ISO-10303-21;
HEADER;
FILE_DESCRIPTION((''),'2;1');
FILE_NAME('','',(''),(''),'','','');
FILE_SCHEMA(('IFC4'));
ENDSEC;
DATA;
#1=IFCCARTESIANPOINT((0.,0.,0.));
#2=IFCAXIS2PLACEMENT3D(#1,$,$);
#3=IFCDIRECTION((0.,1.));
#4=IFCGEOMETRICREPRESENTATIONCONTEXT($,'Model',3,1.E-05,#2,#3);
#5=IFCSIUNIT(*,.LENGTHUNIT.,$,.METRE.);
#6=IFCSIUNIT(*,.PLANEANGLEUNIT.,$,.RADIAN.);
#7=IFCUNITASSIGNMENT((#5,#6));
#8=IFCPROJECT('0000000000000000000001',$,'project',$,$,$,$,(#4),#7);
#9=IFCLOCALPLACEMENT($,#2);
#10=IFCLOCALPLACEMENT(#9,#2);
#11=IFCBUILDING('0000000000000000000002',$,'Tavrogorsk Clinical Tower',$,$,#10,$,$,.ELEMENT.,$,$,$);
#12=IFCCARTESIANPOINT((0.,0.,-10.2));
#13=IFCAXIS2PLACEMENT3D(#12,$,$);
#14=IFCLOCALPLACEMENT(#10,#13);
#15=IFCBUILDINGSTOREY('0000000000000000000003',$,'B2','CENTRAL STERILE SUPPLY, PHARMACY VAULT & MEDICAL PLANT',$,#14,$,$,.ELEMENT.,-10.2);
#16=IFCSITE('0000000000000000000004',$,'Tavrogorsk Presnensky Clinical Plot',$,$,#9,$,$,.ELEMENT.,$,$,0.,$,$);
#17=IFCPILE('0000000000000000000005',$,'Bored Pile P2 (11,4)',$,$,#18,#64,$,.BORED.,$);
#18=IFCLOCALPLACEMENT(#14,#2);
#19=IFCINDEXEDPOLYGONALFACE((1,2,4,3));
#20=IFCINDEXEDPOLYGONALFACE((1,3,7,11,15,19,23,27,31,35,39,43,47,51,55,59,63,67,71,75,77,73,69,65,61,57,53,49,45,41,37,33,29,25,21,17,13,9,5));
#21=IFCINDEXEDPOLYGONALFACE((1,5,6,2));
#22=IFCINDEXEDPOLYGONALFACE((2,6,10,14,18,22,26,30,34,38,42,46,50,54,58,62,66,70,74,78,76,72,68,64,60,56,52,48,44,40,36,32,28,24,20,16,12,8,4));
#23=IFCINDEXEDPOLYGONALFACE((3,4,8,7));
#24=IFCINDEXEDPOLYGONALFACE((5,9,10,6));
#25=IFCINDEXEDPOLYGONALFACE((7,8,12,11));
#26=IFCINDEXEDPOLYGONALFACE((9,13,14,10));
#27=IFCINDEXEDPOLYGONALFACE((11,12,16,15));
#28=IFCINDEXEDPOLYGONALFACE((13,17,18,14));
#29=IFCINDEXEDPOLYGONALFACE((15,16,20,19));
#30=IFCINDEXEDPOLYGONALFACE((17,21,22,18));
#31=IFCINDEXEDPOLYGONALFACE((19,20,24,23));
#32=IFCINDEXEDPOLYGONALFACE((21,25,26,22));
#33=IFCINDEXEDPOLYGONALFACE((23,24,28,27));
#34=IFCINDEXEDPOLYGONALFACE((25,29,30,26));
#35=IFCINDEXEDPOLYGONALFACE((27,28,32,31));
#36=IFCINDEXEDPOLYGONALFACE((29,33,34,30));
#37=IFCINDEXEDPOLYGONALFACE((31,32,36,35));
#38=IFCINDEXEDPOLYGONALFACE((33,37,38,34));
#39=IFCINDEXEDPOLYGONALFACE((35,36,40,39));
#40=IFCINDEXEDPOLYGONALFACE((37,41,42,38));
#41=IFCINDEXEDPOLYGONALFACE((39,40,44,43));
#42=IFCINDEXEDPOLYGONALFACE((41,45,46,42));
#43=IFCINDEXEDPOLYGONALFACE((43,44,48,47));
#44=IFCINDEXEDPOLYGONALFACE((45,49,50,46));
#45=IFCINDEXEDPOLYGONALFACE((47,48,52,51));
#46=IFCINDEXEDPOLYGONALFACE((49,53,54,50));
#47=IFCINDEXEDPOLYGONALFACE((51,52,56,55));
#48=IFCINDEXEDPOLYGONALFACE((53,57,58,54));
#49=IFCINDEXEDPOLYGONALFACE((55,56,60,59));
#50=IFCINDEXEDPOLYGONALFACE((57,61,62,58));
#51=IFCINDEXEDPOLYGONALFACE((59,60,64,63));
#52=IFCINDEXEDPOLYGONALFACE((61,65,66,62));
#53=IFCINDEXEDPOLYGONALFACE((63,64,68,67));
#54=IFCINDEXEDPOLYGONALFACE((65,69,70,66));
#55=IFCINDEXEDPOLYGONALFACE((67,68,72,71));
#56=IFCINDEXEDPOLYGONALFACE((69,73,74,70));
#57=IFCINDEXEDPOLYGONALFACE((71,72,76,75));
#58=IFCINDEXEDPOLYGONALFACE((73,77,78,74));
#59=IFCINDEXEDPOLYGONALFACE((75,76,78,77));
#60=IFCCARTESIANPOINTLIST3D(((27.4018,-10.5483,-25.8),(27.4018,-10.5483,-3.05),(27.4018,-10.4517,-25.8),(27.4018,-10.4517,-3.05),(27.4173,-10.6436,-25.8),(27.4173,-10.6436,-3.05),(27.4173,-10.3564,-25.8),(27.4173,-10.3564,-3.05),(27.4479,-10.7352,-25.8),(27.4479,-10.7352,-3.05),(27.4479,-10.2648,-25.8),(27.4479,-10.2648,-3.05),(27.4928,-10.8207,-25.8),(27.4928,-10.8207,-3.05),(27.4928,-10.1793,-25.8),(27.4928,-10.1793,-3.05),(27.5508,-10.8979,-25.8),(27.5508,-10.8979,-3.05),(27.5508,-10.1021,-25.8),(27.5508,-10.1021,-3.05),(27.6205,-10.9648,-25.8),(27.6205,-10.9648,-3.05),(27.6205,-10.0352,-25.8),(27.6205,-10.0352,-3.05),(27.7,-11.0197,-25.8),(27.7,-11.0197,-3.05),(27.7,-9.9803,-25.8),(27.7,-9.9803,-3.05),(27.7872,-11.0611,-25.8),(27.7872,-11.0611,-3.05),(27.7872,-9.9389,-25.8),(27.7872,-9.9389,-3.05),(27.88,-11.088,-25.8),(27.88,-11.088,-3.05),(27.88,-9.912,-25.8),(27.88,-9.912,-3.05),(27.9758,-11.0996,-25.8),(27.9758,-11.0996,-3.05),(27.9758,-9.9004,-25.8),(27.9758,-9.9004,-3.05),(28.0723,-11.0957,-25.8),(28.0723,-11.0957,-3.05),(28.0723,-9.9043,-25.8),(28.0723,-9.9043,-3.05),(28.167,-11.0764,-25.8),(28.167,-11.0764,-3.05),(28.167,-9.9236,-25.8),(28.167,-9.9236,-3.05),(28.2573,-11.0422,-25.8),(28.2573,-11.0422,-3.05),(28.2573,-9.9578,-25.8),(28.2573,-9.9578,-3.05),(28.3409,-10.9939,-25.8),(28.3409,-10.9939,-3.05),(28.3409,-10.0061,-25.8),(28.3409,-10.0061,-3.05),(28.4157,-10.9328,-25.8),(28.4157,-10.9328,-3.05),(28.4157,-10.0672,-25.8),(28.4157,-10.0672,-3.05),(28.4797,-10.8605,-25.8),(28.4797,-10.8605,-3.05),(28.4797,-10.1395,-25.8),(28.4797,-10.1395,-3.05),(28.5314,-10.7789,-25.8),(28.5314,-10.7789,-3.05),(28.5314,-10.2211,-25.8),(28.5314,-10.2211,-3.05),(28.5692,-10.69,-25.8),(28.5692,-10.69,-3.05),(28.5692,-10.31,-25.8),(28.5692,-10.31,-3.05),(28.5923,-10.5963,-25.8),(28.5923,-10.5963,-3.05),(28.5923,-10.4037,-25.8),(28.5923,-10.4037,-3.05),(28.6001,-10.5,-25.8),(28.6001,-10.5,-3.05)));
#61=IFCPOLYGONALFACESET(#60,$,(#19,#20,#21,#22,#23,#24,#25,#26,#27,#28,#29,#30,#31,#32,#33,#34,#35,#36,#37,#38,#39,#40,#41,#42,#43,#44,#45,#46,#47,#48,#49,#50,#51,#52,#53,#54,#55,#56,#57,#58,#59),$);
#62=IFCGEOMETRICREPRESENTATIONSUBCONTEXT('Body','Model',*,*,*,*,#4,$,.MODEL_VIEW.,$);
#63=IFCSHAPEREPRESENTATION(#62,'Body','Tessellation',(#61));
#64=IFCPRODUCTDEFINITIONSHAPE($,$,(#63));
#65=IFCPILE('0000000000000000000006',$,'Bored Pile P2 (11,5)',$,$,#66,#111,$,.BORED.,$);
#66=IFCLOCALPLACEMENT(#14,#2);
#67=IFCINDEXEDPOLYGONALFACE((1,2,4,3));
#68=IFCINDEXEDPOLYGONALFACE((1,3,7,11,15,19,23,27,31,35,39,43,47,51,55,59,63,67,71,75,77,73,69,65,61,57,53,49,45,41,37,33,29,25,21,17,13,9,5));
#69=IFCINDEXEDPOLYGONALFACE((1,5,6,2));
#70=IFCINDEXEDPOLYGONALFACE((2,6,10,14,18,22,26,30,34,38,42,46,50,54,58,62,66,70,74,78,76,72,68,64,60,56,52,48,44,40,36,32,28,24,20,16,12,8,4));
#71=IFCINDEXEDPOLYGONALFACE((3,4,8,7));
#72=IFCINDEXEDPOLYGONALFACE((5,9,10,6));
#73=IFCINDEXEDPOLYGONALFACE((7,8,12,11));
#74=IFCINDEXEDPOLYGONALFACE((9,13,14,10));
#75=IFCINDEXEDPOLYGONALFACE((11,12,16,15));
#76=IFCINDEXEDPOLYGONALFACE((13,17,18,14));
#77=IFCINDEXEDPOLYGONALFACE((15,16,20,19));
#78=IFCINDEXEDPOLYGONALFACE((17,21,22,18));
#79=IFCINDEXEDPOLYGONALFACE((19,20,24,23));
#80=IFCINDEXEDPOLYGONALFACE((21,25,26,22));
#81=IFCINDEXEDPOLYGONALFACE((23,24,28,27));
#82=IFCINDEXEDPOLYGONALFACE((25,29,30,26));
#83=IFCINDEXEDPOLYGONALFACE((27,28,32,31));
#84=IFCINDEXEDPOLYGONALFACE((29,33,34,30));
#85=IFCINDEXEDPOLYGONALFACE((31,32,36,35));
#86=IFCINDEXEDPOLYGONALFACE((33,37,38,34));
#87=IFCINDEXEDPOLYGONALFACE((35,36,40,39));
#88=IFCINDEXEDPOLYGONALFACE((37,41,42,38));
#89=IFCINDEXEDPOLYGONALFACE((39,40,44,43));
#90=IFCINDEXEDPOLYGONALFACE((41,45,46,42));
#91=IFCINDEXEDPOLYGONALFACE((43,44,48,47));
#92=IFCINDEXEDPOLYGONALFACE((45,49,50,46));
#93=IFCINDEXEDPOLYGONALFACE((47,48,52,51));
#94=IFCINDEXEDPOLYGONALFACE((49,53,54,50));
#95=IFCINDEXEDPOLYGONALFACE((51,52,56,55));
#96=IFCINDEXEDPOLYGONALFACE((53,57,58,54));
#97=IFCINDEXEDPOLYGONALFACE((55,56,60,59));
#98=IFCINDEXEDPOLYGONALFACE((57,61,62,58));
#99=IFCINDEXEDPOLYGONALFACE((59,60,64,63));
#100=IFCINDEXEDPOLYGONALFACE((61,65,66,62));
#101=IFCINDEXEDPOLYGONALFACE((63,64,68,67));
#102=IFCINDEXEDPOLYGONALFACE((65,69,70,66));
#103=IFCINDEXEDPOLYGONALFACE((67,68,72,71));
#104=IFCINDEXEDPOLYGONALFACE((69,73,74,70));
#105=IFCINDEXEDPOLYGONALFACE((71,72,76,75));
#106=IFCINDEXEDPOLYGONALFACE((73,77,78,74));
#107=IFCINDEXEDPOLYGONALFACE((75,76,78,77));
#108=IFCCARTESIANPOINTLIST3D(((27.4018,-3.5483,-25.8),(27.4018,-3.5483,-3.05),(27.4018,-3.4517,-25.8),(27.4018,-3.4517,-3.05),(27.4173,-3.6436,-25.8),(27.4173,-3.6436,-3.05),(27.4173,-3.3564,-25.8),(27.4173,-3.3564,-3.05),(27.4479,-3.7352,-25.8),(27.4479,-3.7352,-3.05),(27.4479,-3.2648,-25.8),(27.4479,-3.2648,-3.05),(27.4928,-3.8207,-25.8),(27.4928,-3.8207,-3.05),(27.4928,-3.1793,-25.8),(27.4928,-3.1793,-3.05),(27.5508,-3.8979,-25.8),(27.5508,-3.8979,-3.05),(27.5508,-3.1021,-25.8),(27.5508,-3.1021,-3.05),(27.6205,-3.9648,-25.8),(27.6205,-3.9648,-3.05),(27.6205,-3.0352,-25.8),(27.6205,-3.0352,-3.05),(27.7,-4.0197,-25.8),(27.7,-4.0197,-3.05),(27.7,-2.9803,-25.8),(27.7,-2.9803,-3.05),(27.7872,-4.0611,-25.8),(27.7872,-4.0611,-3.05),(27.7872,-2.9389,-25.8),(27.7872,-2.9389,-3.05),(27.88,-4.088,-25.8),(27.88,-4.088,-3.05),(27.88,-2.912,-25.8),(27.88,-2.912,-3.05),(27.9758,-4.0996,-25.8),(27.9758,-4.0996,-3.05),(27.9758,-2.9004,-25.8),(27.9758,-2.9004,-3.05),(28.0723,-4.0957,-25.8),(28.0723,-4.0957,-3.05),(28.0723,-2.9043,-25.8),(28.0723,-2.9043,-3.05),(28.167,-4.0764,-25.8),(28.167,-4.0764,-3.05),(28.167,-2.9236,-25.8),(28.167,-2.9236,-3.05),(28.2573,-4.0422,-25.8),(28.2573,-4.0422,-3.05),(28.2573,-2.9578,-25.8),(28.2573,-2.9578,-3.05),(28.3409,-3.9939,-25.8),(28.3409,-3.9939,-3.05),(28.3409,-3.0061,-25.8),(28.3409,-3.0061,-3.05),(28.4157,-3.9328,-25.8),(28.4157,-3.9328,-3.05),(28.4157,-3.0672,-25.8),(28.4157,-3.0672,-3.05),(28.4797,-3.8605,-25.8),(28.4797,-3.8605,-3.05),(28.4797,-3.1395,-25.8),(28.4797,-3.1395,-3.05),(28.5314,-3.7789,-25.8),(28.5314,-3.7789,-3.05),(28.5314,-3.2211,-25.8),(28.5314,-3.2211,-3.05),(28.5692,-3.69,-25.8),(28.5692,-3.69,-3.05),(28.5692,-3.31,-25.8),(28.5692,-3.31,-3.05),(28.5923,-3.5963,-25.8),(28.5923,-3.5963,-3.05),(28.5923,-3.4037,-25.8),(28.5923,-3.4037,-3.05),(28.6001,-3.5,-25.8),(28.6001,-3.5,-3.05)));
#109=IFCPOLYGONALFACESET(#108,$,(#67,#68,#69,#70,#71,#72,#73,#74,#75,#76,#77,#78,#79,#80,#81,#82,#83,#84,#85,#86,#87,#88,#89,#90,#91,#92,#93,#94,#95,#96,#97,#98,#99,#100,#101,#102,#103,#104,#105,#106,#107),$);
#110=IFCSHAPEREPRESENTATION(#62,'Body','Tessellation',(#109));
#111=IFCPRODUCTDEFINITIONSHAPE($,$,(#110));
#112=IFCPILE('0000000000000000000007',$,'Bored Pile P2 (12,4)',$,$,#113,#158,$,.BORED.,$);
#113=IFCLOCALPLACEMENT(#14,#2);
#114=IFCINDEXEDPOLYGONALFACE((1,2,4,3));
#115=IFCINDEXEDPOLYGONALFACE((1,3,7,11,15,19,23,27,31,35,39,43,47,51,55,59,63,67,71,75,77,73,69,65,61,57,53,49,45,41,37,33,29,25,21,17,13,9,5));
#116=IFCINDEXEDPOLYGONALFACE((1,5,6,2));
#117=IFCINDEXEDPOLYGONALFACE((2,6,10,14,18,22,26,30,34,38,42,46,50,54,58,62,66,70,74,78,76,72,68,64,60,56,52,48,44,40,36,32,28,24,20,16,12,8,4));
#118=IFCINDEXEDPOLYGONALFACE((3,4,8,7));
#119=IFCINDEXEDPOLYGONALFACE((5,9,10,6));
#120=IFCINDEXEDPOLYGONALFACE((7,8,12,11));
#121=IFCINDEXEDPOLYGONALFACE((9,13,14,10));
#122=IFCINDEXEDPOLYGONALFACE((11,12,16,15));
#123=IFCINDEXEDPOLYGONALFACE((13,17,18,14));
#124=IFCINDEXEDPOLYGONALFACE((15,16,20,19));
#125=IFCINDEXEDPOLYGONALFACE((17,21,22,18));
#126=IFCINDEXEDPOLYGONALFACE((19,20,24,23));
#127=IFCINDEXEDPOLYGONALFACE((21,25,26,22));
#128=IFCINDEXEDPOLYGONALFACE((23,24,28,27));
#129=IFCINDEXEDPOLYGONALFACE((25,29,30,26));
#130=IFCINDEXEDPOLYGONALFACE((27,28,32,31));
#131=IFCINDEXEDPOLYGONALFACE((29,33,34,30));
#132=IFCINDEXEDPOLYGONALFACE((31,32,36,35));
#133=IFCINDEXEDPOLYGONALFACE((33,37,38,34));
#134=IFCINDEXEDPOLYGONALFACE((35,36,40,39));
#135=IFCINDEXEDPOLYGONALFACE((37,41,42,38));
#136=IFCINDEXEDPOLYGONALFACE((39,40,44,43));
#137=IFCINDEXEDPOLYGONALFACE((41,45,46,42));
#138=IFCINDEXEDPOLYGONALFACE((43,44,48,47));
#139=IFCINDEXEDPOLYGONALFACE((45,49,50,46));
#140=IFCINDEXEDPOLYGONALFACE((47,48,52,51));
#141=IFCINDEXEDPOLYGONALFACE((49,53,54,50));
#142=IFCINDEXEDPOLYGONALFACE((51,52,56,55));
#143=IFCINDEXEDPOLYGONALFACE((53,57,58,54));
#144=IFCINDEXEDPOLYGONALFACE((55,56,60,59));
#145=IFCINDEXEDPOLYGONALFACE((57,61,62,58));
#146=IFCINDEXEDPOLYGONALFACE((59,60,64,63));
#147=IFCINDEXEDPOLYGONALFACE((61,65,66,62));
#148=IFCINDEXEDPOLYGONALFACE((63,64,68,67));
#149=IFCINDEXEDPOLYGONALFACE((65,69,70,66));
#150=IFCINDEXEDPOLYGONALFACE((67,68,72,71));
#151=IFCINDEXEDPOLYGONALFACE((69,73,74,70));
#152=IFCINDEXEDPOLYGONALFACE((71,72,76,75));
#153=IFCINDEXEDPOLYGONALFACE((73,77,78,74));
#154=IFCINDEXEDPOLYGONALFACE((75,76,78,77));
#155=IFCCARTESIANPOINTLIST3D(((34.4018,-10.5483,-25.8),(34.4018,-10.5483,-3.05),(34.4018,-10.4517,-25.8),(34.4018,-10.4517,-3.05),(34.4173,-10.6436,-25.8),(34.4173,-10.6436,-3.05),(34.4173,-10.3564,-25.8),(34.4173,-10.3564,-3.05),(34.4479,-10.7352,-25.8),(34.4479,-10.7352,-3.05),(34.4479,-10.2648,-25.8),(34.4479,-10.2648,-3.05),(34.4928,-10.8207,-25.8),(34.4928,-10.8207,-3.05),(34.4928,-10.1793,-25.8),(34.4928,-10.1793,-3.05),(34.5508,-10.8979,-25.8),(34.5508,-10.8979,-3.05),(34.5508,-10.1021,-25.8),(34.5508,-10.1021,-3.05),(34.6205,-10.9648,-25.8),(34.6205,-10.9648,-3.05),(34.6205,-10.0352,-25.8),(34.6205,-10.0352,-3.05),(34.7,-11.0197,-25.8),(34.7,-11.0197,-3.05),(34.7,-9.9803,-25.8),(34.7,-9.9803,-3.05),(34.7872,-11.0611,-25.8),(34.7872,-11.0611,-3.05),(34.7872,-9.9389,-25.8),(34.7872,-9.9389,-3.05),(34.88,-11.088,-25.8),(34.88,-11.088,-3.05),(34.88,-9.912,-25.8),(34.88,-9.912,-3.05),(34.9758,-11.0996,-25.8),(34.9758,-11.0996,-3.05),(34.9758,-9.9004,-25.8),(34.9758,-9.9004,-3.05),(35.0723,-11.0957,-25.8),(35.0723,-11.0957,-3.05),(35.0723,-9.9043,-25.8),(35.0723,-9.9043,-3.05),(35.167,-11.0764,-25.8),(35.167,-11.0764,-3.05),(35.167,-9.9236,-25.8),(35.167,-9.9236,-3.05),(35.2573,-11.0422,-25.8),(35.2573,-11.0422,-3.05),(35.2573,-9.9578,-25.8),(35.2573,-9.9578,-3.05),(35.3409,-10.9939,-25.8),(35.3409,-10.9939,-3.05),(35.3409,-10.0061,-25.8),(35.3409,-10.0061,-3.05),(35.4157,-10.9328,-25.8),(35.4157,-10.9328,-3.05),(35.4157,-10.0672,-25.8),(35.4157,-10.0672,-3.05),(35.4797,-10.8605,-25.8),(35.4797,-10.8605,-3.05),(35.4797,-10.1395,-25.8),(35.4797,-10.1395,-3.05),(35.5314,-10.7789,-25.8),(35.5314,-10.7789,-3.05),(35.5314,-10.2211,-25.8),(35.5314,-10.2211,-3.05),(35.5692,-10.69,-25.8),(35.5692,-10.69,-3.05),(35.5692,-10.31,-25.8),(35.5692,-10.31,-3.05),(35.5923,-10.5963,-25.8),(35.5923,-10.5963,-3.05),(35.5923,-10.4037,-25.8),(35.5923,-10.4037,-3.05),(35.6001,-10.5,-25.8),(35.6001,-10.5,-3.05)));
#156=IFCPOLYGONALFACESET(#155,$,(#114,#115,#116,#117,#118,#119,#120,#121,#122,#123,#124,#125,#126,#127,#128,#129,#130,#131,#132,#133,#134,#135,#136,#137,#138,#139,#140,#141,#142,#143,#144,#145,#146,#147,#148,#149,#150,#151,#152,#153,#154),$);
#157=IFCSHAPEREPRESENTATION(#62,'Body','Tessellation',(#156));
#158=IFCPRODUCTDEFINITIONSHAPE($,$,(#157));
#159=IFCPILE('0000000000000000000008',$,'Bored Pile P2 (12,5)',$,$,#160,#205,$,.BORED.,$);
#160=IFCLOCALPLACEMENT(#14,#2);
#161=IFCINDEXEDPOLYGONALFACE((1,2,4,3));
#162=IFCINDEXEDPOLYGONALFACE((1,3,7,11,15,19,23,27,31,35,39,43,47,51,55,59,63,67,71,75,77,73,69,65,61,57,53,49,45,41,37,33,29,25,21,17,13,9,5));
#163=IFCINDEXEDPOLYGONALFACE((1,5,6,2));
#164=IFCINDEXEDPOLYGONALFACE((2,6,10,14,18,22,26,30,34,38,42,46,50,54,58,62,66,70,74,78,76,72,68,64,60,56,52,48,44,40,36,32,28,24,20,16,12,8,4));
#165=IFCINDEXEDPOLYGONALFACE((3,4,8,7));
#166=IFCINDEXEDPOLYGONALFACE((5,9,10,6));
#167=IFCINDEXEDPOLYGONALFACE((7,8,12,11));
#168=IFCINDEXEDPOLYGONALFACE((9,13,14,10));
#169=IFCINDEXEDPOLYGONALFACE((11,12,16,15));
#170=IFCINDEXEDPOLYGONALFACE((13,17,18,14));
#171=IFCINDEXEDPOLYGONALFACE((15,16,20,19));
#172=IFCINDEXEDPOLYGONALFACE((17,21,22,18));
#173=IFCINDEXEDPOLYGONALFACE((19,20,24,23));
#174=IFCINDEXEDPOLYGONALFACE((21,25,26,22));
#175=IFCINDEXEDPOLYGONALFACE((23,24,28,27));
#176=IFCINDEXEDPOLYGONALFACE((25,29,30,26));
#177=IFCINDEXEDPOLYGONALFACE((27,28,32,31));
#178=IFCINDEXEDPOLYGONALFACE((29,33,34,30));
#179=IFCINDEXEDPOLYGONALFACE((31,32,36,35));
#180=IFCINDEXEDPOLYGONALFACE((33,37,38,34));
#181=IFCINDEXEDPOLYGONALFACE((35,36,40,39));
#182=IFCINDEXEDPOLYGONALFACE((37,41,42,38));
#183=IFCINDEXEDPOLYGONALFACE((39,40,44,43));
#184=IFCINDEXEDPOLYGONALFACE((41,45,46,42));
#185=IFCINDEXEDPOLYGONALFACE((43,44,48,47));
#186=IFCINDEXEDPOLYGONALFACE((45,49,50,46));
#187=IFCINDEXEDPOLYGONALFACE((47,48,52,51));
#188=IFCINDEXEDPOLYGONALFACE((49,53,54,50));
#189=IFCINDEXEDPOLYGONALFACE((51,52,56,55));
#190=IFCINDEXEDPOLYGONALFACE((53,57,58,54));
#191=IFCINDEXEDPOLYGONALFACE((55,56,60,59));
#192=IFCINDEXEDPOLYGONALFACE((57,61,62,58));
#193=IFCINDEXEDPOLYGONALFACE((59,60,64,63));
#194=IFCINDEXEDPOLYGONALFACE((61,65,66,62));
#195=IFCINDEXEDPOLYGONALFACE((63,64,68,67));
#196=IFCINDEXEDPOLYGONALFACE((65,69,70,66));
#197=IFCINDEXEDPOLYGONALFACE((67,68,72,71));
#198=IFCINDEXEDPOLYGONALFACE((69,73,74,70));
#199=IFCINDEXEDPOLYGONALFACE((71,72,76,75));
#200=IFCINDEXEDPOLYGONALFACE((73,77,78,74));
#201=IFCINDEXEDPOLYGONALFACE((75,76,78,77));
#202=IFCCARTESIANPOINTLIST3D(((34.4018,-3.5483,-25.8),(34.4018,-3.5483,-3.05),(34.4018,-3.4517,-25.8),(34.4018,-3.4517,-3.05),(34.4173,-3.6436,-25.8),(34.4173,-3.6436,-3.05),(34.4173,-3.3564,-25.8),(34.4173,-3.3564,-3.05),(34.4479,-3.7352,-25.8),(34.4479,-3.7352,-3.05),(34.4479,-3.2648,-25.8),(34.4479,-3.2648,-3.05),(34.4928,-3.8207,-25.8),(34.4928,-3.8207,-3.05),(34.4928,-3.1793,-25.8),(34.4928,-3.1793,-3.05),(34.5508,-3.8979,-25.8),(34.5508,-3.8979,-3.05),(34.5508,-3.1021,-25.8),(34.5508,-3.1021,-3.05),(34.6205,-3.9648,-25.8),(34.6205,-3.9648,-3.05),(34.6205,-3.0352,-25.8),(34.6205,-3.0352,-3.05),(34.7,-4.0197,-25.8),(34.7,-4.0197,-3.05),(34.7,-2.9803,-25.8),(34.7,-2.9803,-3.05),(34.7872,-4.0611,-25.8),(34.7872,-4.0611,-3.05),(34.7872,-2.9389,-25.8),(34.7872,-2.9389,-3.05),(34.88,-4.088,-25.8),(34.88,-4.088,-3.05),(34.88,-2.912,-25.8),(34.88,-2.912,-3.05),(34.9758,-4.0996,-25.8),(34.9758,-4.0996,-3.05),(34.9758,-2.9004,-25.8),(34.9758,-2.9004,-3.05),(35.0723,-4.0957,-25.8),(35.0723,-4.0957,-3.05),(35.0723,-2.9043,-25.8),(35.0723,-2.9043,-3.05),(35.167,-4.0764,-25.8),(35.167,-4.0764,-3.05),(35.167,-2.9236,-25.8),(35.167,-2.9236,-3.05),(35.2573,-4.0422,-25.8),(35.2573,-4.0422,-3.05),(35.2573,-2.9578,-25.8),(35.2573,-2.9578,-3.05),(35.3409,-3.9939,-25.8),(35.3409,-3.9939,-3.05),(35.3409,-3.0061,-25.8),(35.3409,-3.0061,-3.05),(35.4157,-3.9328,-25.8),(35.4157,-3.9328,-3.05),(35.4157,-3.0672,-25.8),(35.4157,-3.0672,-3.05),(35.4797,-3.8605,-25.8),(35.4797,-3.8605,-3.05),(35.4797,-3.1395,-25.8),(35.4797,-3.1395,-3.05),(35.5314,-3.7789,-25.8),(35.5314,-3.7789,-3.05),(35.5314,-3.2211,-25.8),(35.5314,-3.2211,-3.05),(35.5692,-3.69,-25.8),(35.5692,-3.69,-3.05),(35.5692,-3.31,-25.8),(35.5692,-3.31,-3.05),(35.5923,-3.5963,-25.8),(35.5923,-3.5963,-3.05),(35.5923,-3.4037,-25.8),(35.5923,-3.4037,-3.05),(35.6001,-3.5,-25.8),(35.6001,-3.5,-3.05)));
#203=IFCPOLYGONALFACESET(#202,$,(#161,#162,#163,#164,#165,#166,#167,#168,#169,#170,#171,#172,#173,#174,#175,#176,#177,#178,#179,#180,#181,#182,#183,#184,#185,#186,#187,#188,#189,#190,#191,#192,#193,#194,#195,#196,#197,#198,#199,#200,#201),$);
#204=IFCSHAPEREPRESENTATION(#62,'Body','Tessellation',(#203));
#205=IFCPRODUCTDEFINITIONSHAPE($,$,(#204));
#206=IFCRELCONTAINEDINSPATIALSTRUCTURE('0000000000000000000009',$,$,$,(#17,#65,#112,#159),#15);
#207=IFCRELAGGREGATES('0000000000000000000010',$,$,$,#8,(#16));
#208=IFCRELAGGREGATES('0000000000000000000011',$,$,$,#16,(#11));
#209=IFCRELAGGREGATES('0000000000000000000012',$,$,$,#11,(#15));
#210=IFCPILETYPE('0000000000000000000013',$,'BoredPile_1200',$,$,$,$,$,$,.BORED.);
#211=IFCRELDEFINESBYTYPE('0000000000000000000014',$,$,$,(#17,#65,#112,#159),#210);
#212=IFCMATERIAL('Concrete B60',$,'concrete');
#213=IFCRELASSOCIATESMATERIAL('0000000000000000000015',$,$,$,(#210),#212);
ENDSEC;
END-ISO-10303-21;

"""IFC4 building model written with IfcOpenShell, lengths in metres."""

from ifc_helpers import new_model, si_unit, direction, frame, origin, origin_2d, place, context, subcontext, project, spatial, circle, extrude, material, material_profile, profile_set, type_object, element, save


model = new_model("IFC4")

# Units and contexts
model_context = context("Model", 3, precision=1e-05, world=origin(), true_north=direction((0.0, 1.0)))
body_context = subcontext(model_context, "Body", "Model", "MODEL_VIEW")
ifc_project = project(units=[si_unit("LENGTHUNIT", "METRE"), si_unit("PLANEANGLEUNIT", "RADIAN")], contexts=[model_context])

# Site, building, storey
site_placement = place(None, origin())
site = spatial("IfcSite", under=ifc_project, at=site_placement, Name="Tavrogorsk Presnensky Clinical Plot", CompositionType="ELEMENT", RefElevation=0.0)
building_placement = place(site_placement, origin())
building = spatial("IfcBuilding", under=site, at=building_placement, Name="Tavrogorsk Clinical Tower", CompositionType="ELEMENT")
storey_placement = place(building_placement, frame((0.0, 0.0, -10.2)))
storey = spatial("IfcBuildingStorey", under=building, at=storey_placement, Name="B2", Description="CENTRAL STERILE SUPPLY, PHARMACY VAULT & MEDICAL PLANT", CompositionType="ELEMENT", Elevation=-10.2)

# Piles
ifc_material_1 = material(Name="Concrete B60", Category="concrete")
ifc_material_profile_1 = material_profile(ifc_material_1, circle(Radius=0.6001, at=origin_2d()), Name="BORED-PILE-1200")
ifc_profile_set_1 = profile_set([ifc_material_profile_1], Name="Concrete B60")
pile_type_1 = type_object("IfcPileType", Name="BoredPile_1200", PredefinedType="BORED", material=ifc_profile_set_1)
for number, where, z_axis, x_axis, name in (
    (1, (28.0, -10.5, -3.05), (0.0, 0.0, -1.0), (1.0, 0.0, 0.0), "Bored Pile P2 (11,4)"),
    (2, (28.0, -3.5, -3.05), (0.0, 0.0, -1.0), (1.0, 0.0, 0.0), "Bored Pile P2 (11,5)"),
    (3, (35.0, -10.5, -3.05), (0.0, 0.0, -1.0), (1.0, 0.0, 0.0), "Bored Pile P2 (12,4)"),
    (4, (35.0, -3.5, -3.05), (0.0, 0.0, -1.0), (1.0, 0.0, 0.0), "Bored Pile P2 (12,5)"),
):
    element("IfcPile", number, at=place(storey_placement, frame(where, z_axis=z_axis, x_axis=x_axis)), inside=storey, type_object=pile_type_1, Name=name, PredefinedType="BORED", context=body_context, shape_type="SweptSolid", body=[
        extrude(circle(Radius=0.6001, at=origin_2d()), origin(), (0.0, 0.0, 1.0), 22.75),
    ])

save(model, "model.ifc")
